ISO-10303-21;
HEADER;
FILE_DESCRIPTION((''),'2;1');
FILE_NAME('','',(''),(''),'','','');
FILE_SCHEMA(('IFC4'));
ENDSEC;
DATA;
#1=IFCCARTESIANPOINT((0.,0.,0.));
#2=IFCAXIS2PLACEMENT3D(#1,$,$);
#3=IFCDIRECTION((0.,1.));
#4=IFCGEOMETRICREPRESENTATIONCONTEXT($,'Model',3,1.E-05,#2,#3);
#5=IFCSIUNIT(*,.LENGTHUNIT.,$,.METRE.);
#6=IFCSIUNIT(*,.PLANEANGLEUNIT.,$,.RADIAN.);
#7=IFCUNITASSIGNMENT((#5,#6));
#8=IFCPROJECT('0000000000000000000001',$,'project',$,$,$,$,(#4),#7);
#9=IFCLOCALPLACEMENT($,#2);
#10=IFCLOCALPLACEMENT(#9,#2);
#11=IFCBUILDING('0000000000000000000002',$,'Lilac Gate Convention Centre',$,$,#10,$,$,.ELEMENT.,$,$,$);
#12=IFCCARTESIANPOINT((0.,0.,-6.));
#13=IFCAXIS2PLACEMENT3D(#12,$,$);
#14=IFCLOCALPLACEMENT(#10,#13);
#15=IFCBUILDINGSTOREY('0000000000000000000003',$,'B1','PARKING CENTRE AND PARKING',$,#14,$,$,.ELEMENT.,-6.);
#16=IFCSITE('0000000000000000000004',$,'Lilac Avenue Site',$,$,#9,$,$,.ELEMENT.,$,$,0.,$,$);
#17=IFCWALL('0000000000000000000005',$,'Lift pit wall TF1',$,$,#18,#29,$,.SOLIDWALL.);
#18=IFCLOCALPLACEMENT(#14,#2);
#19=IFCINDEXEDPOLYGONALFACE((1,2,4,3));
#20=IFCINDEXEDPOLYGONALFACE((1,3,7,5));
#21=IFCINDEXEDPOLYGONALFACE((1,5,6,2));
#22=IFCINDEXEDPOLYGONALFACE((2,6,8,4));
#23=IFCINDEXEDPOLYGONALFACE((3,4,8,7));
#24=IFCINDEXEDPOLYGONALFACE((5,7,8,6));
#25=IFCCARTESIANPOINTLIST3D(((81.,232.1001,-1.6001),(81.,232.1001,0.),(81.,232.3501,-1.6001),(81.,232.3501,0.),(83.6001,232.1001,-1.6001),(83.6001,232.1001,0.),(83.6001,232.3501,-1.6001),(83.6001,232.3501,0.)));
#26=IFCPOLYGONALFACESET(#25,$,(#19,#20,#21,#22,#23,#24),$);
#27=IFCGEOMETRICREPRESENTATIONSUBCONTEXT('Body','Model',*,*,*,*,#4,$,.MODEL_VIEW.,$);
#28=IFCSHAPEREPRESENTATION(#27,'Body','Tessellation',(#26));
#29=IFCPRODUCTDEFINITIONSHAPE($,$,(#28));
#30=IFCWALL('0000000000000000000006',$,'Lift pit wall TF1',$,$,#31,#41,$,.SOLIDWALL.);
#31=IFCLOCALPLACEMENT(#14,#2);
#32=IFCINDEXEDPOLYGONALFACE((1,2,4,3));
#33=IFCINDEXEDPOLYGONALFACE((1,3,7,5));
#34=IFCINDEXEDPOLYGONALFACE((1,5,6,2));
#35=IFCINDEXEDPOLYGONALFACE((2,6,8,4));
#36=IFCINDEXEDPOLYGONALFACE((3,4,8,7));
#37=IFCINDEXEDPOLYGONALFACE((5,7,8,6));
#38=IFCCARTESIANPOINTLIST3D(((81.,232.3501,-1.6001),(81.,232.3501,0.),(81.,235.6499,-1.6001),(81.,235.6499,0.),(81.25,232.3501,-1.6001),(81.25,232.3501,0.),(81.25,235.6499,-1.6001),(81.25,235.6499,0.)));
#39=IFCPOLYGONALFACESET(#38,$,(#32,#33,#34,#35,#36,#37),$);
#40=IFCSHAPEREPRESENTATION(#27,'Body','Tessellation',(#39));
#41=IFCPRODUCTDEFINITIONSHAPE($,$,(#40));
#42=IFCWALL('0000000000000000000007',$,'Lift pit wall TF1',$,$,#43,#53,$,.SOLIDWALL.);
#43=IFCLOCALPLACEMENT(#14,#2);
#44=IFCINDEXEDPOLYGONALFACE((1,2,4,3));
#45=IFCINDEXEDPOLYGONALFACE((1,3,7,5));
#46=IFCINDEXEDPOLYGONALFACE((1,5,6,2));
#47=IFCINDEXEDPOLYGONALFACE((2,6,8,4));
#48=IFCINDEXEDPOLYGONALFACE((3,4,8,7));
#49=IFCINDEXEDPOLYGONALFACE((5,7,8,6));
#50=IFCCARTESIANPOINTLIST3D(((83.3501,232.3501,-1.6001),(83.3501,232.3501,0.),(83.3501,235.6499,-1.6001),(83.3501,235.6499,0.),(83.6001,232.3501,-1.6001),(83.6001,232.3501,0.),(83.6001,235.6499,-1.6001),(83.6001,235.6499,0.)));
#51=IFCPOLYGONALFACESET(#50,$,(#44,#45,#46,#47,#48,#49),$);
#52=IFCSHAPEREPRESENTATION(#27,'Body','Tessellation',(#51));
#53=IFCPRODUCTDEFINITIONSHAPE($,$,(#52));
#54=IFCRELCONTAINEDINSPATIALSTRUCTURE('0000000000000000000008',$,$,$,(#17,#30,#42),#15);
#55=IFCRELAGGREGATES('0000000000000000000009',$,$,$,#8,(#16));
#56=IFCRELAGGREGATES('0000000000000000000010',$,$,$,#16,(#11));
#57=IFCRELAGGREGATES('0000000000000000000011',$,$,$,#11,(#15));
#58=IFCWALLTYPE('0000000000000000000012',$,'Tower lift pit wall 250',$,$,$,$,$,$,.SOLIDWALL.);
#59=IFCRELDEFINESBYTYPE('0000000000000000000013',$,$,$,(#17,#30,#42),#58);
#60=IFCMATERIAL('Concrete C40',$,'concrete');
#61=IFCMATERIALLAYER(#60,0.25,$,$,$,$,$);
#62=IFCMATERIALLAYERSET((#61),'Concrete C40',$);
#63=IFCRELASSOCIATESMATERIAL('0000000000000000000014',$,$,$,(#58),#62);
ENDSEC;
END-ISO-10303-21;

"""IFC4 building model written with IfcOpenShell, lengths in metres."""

from ifc_helpers import new_model, si_unit, direction, frame, frame_2d, origin, place, context, subcontext, project, spatial, rectangle, extrude, material, layer, layer_set, type_object, element, save


model = new_model("IFC4")

# Units and contexts
model_context = context("Model", 3, precision=1e-05, world=origin(), true_north=direction((0.0, 1.0)))
body_context = subcontext(model_context, "Body", "Model", "MODEL_VIEW")
ifc_project = project(units=[si_unit("LENGTHUNIT", "METRE"), si_unit("PLANEANGLEUNIT", "RADIAN")], contexts=[model_context])

# Site, building, storey
site_placement = place(None, origin())
site = spatial("IfcSite", under=ifc_project, at=site_placement, Name="Lilac Avenue Site", CompositionType="ELEMENT", RefElevation=0.0)
building_placement = place(site_placement, origin())
building = spatial("IfcBuilding", under=site, at=building_placement, Name="Lilac Gate Convention Centre", CompositionType="ELEMENT")
storey_placement = place(building_placement, frame((0.0, 0.0, -6.0)))
storey = spatial("IfcBuildingStorey", under=building, at=storey_placement, Name="B1", Description="PARKING CENTRE AND PARKING", CompositionType="ELEMENT", Elevation=-6.0)

# Shared definitions
ifc_material_1 = material(Name="Concrete C40", Category="concrete")

# Walls
ifc_layer_1 = layer(ifc_material_1, 0.25)
ifc_layer_set_1 = layer_set([ifc_layer_1], Name="Concrete C40")
wall_type_1 = type_object("IfcWallType", Name="Tower lift pit wall 250", PredefinedType="SOLIDWALL", material=ifc_layer_set_1)
wall_1_placement = place(storey_placement, frame((81.0, 232.2251, -1.6001), z_axis=(0.0, 0.0, 1.0), x_axis=(1.0, 0.0, 0.0)))
element("IfcWall", 1, at=wall_1_placement, inside=storey, type_object=wall_type_1, Name="Lift pit wall TF1", PredefinedType="SOLIDWALL", context=body_context, shape_type="SweptSolid", body=[
    extrude(rectangle(XDim=2.6001, YDim=0.25, at=frame_2d((1.3, 0.0))), origin(), (0.0, 0.0, 1.0), 1.6001),
])
for number, where, z_axis, x_axis, name in (
    (2, (81.125, 232.3501, -1.6001), (0.0, 0.0, 1.0), (0.0, 1.0, 0.0), "Lift pit wall TF1"),
    (3, (83.4751, 232.3501, -1.6001), (0.0, 0.0, 1.0), (0.0, 1.0, 0.0), "Lift pit wall TF1"),
):
    element("IfcWall", number, at=place(storey_placement, frame(where, z_axis=z_axis, x_axis=x_axis)), inside=storey, type_object=wall_type_1, Name=name, PredefinedType="SOLIDWALL", context=body_context, shape_type="SweptSolid", body=[
        extrude(rectangle(XDim=3.2998, YDim=0.25, at=frame_2d((1.6499, 0.0))), origin(), (0.0, 0.0, 1.0), 1.6001),
    ])

save(model, "model.ifc")
